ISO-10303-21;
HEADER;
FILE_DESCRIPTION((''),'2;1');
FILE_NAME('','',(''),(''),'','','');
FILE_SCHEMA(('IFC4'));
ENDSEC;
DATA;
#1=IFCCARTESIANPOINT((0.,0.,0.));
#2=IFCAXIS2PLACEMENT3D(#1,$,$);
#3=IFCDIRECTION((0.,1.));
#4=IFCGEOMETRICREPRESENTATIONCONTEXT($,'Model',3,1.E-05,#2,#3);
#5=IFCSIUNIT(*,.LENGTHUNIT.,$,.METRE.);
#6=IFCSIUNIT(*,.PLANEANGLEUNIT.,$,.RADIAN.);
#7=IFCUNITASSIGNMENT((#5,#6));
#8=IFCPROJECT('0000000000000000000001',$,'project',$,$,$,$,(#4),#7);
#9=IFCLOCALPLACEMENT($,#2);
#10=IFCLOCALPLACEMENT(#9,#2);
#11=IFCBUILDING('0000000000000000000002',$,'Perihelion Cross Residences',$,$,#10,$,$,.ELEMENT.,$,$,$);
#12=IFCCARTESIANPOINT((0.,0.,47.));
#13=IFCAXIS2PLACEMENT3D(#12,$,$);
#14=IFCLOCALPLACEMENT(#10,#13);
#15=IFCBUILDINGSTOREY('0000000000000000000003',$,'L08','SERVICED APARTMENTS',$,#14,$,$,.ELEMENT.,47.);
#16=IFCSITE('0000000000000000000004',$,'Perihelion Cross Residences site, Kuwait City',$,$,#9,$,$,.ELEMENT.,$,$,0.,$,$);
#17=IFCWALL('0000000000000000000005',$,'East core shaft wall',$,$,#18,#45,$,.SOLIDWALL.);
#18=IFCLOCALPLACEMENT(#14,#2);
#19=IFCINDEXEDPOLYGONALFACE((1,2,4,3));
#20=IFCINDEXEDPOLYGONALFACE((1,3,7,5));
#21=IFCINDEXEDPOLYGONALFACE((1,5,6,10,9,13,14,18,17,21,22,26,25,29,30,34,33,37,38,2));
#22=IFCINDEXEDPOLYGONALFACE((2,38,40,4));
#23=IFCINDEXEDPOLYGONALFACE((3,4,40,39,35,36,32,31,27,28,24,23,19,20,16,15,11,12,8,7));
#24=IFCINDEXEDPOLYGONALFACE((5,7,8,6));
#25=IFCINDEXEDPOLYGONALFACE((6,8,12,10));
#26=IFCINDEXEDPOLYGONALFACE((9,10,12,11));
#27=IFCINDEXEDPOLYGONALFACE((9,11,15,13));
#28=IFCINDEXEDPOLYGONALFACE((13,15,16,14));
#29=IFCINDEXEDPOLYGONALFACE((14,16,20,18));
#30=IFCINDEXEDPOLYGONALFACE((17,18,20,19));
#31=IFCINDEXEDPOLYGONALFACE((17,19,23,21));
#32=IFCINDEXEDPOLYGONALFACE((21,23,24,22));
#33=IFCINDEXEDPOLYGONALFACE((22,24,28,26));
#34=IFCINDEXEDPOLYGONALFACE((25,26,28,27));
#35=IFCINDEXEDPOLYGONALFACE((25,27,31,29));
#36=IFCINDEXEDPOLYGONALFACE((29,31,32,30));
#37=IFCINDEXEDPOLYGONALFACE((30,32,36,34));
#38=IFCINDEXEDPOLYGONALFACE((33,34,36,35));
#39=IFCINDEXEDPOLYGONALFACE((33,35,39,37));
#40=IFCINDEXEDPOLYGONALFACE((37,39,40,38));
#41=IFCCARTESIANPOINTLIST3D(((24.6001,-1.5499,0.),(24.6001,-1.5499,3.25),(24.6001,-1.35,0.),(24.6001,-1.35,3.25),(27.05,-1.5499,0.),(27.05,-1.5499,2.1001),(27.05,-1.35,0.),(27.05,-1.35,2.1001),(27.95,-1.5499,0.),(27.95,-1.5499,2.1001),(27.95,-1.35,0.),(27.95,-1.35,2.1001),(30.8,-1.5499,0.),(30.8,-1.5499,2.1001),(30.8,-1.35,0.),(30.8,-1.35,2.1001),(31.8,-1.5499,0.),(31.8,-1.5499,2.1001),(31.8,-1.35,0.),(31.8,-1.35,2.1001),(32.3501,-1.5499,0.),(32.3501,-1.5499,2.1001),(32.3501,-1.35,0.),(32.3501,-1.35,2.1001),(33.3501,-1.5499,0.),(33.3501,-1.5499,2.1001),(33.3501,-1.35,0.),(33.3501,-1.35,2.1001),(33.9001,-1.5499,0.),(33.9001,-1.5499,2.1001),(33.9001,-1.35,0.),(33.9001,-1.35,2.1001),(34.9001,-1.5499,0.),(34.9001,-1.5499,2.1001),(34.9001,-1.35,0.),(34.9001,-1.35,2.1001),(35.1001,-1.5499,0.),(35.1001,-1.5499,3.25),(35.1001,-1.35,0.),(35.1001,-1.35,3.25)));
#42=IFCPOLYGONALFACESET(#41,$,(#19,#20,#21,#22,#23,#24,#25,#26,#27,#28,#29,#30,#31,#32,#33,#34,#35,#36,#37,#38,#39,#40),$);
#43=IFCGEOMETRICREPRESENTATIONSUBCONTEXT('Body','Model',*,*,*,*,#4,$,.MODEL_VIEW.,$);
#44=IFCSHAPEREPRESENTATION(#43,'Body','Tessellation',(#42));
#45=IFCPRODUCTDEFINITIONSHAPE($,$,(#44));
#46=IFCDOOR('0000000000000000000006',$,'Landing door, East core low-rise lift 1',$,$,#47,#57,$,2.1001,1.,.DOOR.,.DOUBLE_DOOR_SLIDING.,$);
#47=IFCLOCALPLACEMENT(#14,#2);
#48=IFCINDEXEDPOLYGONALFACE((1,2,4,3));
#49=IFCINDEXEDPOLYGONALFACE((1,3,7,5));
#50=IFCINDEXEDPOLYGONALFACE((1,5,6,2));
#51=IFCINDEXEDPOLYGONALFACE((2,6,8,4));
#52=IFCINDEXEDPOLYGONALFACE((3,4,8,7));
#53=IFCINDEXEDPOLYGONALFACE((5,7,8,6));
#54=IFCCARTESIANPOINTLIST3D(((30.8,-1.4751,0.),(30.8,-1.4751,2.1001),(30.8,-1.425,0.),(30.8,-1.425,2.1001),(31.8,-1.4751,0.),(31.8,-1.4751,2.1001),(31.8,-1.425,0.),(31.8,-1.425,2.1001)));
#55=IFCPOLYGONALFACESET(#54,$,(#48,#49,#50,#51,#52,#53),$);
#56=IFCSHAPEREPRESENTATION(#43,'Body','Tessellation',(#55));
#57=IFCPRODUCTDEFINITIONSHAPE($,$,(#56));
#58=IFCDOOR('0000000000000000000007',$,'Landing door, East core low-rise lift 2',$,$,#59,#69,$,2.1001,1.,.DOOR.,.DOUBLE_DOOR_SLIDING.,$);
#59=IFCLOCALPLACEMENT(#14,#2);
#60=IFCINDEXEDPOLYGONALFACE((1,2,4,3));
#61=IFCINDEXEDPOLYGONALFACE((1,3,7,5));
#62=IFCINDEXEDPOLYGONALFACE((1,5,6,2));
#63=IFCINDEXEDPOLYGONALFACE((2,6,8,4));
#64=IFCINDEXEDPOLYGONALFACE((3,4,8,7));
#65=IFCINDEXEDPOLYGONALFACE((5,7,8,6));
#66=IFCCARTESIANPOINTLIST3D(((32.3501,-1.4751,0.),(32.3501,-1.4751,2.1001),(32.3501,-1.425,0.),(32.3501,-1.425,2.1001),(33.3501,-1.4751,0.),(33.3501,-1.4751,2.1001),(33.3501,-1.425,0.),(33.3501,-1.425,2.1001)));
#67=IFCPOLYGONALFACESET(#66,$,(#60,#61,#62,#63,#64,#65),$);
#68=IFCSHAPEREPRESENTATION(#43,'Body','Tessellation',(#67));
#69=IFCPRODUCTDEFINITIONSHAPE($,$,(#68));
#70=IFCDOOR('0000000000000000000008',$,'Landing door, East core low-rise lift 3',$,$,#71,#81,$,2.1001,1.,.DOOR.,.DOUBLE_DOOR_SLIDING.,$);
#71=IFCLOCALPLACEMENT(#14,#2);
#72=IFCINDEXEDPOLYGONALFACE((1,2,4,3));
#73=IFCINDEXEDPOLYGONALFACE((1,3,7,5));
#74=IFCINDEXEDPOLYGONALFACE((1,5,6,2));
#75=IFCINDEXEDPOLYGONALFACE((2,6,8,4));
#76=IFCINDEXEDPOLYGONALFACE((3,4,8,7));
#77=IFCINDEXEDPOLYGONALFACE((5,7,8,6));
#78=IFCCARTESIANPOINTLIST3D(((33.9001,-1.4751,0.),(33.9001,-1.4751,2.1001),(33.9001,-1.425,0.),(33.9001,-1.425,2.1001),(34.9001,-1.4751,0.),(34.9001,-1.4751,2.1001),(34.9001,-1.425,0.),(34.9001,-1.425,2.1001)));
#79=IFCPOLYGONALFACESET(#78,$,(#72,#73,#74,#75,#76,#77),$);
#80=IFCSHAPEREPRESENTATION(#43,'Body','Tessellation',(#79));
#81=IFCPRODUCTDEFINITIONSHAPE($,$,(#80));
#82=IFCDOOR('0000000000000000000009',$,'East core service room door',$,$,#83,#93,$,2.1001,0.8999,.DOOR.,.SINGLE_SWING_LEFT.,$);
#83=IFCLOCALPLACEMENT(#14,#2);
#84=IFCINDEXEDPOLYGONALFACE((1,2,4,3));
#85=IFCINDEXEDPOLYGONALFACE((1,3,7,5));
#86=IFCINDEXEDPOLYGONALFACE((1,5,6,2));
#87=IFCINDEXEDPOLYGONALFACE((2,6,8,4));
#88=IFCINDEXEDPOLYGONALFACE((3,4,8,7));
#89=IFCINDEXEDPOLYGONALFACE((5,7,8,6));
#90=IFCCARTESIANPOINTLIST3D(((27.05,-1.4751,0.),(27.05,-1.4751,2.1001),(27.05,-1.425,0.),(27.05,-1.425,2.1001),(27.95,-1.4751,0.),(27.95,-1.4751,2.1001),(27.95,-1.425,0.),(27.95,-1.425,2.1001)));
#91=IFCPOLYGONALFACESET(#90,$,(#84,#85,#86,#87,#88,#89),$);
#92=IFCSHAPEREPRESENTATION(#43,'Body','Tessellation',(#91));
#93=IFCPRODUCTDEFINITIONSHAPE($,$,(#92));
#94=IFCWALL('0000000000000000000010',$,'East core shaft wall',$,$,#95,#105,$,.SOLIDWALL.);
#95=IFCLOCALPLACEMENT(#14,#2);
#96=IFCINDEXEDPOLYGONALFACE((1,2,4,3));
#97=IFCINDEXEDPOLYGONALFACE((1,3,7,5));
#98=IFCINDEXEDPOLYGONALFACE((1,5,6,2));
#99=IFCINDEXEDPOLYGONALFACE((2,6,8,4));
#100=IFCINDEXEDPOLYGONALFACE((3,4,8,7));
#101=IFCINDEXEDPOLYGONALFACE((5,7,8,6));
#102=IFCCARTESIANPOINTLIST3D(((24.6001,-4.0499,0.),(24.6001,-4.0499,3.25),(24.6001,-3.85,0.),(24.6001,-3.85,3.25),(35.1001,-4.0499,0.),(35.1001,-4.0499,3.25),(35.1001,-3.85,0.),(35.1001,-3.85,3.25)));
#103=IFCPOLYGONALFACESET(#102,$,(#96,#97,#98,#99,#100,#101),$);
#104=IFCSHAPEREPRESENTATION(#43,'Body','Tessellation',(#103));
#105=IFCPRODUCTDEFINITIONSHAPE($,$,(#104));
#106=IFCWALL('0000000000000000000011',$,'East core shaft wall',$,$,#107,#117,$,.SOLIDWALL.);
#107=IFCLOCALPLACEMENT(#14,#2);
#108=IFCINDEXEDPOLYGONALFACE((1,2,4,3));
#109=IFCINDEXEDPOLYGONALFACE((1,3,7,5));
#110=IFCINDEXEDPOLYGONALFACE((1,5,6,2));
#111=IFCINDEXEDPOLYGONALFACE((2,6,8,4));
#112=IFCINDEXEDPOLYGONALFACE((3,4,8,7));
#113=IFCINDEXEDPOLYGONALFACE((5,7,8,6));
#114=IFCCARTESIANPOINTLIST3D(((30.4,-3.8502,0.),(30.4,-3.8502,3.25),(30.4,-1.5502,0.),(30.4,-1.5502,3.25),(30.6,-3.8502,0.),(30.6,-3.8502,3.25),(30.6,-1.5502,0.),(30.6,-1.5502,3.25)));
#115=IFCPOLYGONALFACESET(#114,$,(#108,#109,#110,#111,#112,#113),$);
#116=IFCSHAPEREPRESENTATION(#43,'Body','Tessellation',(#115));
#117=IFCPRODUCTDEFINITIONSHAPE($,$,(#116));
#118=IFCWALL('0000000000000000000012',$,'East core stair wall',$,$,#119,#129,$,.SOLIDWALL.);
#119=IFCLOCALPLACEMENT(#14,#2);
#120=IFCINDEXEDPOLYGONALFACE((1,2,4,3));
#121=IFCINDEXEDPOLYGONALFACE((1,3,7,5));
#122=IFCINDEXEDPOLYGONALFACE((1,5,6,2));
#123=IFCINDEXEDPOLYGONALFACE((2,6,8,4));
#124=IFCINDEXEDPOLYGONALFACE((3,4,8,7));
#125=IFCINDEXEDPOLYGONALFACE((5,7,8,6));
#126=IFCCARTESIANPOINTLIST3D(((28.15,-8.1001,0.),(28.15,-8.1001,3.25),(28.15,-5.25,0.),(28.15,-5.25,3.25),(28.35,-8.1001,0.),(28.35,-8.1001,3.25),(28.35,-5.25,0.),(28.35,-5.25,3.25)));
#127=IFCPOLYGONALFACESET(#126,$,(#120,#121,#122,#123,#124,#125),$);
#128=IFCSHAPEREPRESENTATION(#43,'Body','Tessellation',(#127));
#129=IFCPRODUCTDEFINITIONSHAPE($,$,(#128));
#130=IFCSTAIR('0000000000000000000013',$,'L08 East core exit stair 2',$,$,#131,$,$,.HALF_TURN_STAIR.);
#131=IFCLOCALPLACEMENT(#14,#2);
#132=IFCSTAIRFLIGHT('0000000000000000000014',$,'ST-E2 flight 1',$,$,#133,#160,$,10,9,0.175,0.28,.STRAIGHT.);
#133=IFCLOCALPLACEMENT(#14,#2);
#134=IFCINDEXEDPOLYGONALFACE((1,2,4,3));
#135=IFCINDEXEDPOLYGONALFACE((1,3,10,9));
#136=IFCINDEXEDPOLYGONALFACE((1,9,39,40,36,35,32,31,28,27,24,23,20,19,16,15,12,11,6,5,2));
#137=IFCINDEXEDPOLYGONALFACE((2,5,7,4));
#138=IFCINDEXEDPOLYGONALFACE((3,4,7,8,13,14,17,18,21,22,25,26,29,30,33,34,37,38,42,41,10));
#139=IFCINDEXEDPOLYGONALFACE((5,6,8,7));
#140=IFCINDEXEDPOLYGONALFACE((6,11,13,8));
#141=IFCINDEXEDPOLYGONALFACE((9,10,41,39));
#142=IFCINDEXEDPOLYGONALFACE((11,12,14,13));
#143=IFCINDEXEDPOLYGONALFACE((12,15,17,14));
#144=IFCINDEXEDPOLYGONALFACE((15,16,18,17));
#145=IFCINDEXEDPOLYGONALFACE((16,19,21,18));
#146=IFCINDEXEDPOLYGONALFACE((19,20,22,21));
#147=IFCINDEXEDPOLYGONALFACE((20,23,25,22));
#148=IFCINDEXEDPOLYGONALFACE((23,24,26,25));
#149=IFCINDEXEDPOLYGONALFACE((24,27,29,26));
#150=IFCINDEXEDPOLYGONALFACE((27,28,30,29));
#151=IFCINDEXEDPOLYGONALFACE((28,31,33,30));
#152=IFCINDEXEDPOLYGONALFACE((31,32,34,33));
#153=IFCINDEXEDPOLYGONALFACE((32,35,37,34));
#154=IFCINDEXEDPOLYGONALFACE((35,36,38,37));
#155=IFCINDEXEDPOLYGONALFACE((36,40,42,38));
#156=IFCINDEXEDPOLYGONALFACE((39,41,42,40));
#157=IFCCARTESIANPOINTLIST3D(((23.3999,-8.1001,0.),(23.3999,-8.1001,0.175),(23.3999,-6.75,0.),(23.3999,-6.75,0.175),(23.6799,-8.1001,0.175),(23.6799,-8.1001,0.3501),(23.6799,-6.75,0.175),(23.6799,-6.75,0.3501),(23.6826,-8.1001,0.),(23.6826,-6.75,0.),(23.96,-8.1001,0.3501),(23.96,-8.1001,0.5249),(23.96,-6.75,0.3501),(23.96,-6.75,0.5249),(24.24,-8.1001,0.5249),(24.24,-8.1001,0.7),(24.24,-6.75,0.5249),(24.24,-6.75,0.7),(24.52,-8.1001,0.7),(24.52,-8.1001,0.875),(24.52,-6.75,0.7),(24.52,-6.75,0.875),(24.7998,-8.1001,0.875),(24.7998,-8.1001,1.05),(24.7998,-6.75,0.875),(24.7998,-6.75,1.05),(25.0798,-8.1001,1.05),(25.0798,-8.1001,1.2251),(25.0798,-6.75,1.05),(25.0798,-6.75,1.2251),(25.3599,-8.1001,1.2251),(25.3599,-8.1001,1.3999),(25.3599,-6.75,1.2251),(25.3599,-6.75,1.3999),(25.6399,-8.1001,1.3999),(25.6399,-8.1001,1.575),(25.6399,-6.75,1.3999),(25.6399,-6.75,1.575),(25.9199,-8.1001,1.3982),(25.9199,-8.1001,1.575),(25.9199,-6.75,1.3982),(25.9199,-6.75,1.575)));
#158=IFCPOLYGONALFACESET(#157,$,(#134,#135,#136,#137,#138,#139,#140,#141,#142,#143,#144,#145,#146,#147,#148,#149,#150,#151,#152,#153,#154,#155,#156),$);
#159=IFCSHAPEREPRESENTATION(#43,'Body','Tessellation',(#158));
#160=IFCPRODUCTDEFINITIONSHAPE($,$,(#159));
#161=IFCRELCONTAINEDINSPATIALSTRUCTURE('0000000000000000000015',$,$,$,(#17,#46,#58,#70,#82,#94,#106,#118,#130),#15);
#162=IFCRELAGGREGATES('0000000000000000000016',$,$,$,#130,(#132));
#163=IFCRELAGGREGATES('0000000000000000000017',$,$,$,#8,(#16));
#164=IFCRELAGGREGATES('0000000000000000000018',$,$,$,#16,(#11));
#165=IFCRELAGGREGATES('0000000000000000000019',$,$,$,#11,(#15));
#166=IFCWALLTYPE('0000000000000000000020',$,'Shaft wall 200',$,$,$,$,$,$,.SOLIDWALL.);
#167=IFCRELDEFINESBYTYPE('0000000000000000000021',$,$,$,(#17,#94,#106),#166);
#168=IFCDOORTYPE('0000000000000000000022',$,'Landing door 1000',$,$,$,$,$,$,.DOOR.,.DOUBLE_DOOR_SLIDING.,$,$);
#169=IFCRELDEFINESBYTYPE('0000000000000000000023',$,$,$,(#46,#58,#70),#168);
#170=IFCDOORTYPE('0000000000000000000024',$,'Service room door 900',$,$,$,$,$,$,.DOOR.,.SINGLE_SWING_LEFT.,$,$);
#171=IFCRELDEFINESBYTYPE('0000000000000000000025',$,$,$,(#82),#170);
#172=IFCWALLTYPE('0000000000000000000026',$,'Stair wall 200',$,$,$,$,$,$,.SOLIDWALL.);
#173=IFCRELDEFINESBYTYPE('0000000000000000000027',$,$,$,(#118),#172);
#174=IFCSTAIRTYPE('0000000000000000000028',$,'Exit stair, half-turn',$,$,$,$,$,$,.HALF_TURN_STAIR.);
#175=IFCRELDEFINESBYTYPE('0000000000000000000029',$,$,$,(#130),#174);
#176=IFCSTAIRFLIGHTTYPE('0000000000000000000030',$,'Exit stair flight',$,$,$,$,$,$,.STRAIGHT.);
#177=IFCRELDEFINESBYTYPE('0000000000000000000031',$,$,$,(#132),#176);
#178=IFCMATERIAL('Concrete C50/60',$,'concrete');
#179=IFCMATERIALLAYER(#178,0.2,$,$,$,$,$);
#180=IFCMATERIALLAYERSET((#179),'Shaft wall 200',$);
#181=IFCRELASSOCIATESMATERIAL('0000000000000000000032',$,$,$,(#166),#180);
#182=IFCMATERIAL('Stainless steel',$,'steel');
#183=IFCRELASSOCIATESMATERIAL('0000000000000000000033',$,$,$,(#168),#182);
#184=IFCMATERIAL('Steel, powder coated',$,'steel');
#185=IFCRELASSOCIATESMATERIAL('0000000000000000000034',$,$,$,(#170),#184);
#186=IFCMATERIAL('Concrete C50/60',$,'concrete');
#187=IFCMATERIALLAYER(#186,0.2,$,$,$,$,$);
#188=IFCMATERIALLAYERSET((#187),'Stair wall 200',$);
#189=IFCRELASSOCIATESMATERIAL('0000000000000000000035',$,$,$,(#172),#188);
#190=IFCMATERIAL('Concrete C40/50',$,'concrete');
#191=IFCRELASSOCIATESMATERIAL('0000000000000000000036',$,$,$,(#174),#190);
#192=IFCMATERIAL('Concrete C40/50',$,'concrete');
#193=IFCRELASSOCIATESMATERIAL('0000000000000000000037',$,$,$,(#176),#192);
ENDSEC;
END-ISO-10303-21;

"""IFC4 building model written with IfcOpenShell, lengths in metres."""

from ifc_helpers import new_model, si_unit, direction, frame, frame_2d, origin, place, context, subcontext, project, spatial, polyline, rectangle, outline, extrude, material, layer, layer_set, type_object, element, fill, aggregate, save


model = new_model("IFC4")

# Units and contexts
model_context = context("Model", 3, precision=1e-05, world=origin(), true_north=direction((0.0, 1.0)))
body_context = subcontext(model_context, "Body", "Model", "MODEL_VIEW")
ifc_project = project(units=[si_unit("LENGTHUNIT", "METRE"), si_unit("PLANEANGLEUNIT", "RADIAN")], contexts=[model_context])

# Site, building, storey
site_placement = place(None, origin())
site = spatial("IfcSite", under=ifc_project, at=site_placement, Name="Perihelion Cross Residences site, Kuwait City", CompositionType="ELEMENT", RefElevation=0.0)
building_placement = place(site_placement, origin())
building = spatial("IfcBuilding", under=site, at=building_placement, Name="Perihelion Cross Residences", CompositionType="ELEMENT")
storey_placement = place(building_placement, frame((0.0, 0.0, 47.0)))
storey = spatial("IfcBuildingStorey", under=building, at=storey_placement, Name="L08", Description="SERVICED APARTMENTS", CompositionType="ELEMENT", Elevation=47.0)

# Wall, openings, doors
ifc_material_1 = material(Name="Concrete C50/60", Category="concrete")
ifc_layer_1 = layer(ifc_material_1, 0.2)
ifc_layer_set_1 = layer_set([ifc_layer_1], Name="Shaft wall 200")
wall_type_1 = type_object("IfcWallType", Name="Shaft wall 200", PredefinedType="SOLIDWALL", material=ifc_layer_set_1)
wall_1_placement = place(storey_placement, frame((24.6001, -1.45, 0.0), z_axis=(0.0, 0.0, 1.0), x_axis=(1.0, 0.0, 0.0)))
wall_1 = element("IfcWall", 1, at=wall_1_placement, inside=storey, type_object=wall_type_1, Name="East core shaft wall", PredefinedType="SOLIDWALL", context=body_context, shape_type="SweptSolid", body=[
    extrude(rectangle(XDim=10.5, YDim=0.2, at=frame_2d((5.25, 0.0))), origin(), (0.0, 0.0, 1.0), 3.25),
])
opening_1_placement = place(wall_1_placement, frame((6.2, 0.0, 0.0)))
opening_1 = element("IfcOpeningElement", 2, at=opening_1_placement, cuts=wall_1, PredefinedType="OPENING", context=body_context, shape_type="SweptSolid", body=[
    extrude(rectangle(XDim=1.0, YDim=2.1001, at=frame_2d((0.5, 1.05))), frame((0.0, 0.1099, 0.0), z_axis=(0.0, -1.0, 0.0), x_axis=(1.0, 0.0, 0.0)), (0.0, 0.0, 1.0), 0.22),
])
opening_2_placement = place(wall_1_placement, frame((7.75, 0.0, 0.0)))
opening_2 = element("IfcOpeningElement", 3, at=opening_2_placement, cuts=wall_1, PredefinedType="OPENING", context=body_context, shape_type="SweptSolid", body=[
    extrude(rectangle(XDim=1.0, YDim=2.1001, at=frame_2d((0.5, 1.05))), frame((0.0, 0.1099, 0.0), z_axis=(0.0, -1.0, 0.0), x_axis=(1.0, 0.0, 0.0)), (0.0, 0.0, 1.0), 0.22),
])
opening_3_placement = place(wall_1_placement, frame((9.3, 0.0, 0.0)))
opening_3 = element("IfcOpeningElement", 4, at=opening_3_placement, cuts=wall_1, PredefinedType="OPENING", context=body_context, shape_type="SweptSolid", body=[
    extrude(rectangle(XDim=1.0, YDim=2.1001, at=frame_2d((0.5, 1.05))), frame((0.0, 0.1099, 0.0), z_axis=(0.0, -1.0, 0.0), x_axis=(1.0, 0.0, 0.0)), (0.0, 0.0, 1.0), 0.22),
])
opening_4_placement = place(wall_1_placement, frame((2.45, 0.0, 0.0)))
opening_4 = element("IfcOpeningElement", 5, at=opening_4_placement, cuts=wall_1, PredefinedType="OPENING", context=body_context, shape_type="SweptSolid", body=[
    extrude(rectangle(XDim=0.8999, YDim=2.1001, at=frame_2d((0.45, 1.05))), frame((0.0, 0.1099, 0.0), z_axis=(0.0, -1.0, 0.0), x_axis=(1.0, 0.0, 0.0)), (0.0, 0.0, 1.0), 0.22),
])
ifc_material_2 = material(Name="Stainless steel", Category="steel")
door_type_1 = type_object("IfcDoorType", Name="Landing door 1000", OperationType="DOUBLE_DOOR_SLIDING", PredefinedType="DOOR", material=ifc_material_2)
door_1_placement = place(opening_1_placement, origin())
door_1 = element("IfcDoor", 6, at=door_1_placement, inside=storey, type_object=door_type_1, Name="Landing door, East core low-rise lift 1", OperationType="DOUBLE_DOOR_SLIDING", OverallHeight=2.1001, OverallWidth=1.0, PredefinedType="DOOR", context=body_context, shape_type="SweptSolid", body=[
    extrude(rectangle(XDim=1.0, YDim=2.1001, at=frame_2d((0.5, 1.05))), frame((0.0, 0.0249, 0.0), z_axis=(0.0, -1.0, 0.0), x_axis=(1.0, 0.0, 0.0)), (0.0, 0.0, 1.0), 0.05),
])
fill(opening_1, door_1)
door_2_placement = place(opening_2_placement, origin())
door_2 = element("IfcDoor", 7, at=door_2_placement, inside=storey, type_object=door_type_1, Name="Landing door, East core low-rise lift 2", OperationType="DOUBLE_DOOR_SLIDING", OverallHeight=2.1001, OverallWidth=1.0, PredefinedType="DOOR", context=body_context, shape_type="SweptSolid", body=[
    extrude(rectangle(XDim=1.0, YDim=2.1001, at=frame_2d((0.5, 1.05))), frame((0.0, 0.0249, 0.0), z_axis=(0.0, -1.0, 0.0), x_axis=(1.0, 0.0, 0.0)), (0.0, 0.0, 1.0), 0.05),
])
fill(opening_2, door_2)
door_3_placement = place(opening_3_placement, origin())
door_3 = element("IfcDoor", 8, at=door_3_placement, inside=storey, type_object=door_type_1, Name="Landing door, East core low-rise lift 3", OperationType="DOUBLE_DOOR_SLIDING", OverallHeight=2.1001, OverallWidth=1.0, PredefinedType="DOOR", context=body_context, shape_type="SweptSolid", body=[
    extrude(rectangle(XDim=1.0, YDim=2.1001, at=frame_2d((0.5, 1.05))), frame((0.0, 0.0249, 0.0), z_axis=(0.0, -1.0, 0.0), x_axis=(1.0, 0.0, 0.0)), (0.0, 0.0, 1.0), 0.05),
])
fill(opening_3, door_3)
ifc_material_3 = material(Name="Steel, powder coated", Category="steel")
door_type_2 = type_object("IfcDoorType", Name="Service room door 900", OperationType="SINGLE_SWING_LEFT", PredefinedType="DOOR", material=ifc_material_3)
door_4_placement = place(opening_4_placement, origin())
door_4 = element("IfcDoor", 9, at=door_4_placement, inside=storey, type_object=door_type_2, Name="East core service room door", OperationType="SINGLE_SWING_LEFT", OverallHeight=2.1001, OverallWidth=0.8999, PredefinedType="DOOR", context=body_context, shape_type="SweptSolid", body=[
    extrude(rectangle(XDim=0.8999, YDim=2.1001, at=frame_2d((0.45, 1.05))), frame((0.0, 0.0249, 0.0), z_axis=(0.0, -1.0, 0.0), x_axis=(1.0, 0.0, 0.0)), (0.0, 0.0, 1.0), 0.05),
])
fill(opening_4, door_4)

# Walls
wall_2_placement = place(storey_placement, frame((24.6001, -3.95, 0.0), z_axis=(0.0, 0.0, 1.0), x_axis=(1.0, 0.0, 0.0)))
element("IfcWall", 10, at=wall_2_placement, inside=storey, type_object=wall_type_1, Name="East core shaft wall", PredefinedType="SOLIDWALL", context=body_context, shape_type="SweptSolid", body=[
    extrude(rectangle(XDim=10.5, YDim=0.2, at=frame_2d((5.25, 0.0))), origin(), (0.0, 0.0, 1.0), 3.25),
])
wall_3_placement = place(storey_placement, frame((30.5, -3.8501, 0.0), z_axis=(0.0, 0.0, 1.0), x_axis=(0.0, 1.0, 0.0)))
element("IfcWall", 11, at=wall_3_placement, inside=storey, type_object=wall_type_1, Name="East core shaft wall", PredefinedType="SOLIDWALL", context=body_context, shape_type="SweptSolid", body=[
    extrude(rectangle(XDim=2.3, YDim=0.2, at=frame_2d((1.1499, 0.0))), origin(), (0.0, 0.0, 1.0), 3.25),
])
ifc_material_4 = material(Name="Concrete C50/60", Category="concrete")
ifc_layer_2 = layer(ifc_material_4, 0.2)
ifc_layer_set_2 = layer_set([ifc_layer_2], Name="Stair wall 200")
wall_type_2 = type_object("IfcWallType", Name="Stair wall 200", PredefinedType="SOLIDWALL", material=ifc_layer_set_2)
wall_4_placement = place(storey_placement, frame((28.25, -8.1001, 0.0), z_axis=(0.0, 0.0, 1.0), x_axis=(0.0, 1.0, 0.0)))
element("IfcWall", 12, at=wall_4_placement, inside=storey, type_object=wall_type_2, Name="East core stair wall", PredefinedType="SOLIDWALL", context=body_context, shape_type="SweptSolid", body=[
    extrude(rectangle(XDim=2.8501, YDim=0.2, at=frame_2d((1.425, 0.0))), origin(), (0.0, 0.0, 1.0), 3.25),
])

# Stair, stair flight
ifc_material_5 = material(Name="Concrete C40/50", Category="concrete")
stair_type = type_object("IfcStairType", Name="Exit stair, half-turn", PredefinedType="HALF_TURN_STAIR", material=ifc_material_5)
stair_placement = place(storey_placement, origin())
stair = element("IfcStair", 13, at=stair_placement, inside=storey, type_object=stair_type, Name="L08 East core exit stair 2", PredefinedType="HALF_TURN_STAIR")
ifc_material_6 = material(Name="Concrete C40/50", Category="concrete")
stair_flight_type = type_object("IfcStairFlightType", Name="Exit stair flight", PredefinedType="STRAIGHT", material=ifc_material_6)
stair_flight_1_placement = place(storey_placement, frame((23.3999, -7.425, 0.0), z_axis=(0.0, 0.0, 1.0), x_axis=(1.0, 0.0, 0.0)))
stair_flight_1 = element("IfcStairFlight", 14, at=stair_flight_1_placement, type_object=stair_flight_type, Name="ST-E2 flight 1", NumberOfRisers=10, NumberOfTreads=9, PredefinedType="STRAIGHT", RiserHeight=0.175, TreadLength=0.28, context=body_context, shape_type="SweptSolid", body=[
    extrude(outline(polyline([(0.0, 0.0), (0.0, 0.175), (0.28, 0.175), (0.28, 0.3501), (0.5601, 0.3501), (0.5601, 0.5249), (0.8401, 0.5249), (0.8401, 0.7), (1.1201, 0.7), (1.1201, 0.875), (1.3999, 0.875), (1.3999, 1.05), (1.6799, 1.05), (1.6799, 1.2251), (1.96, 1.2251), (1.96, 1.3999), (2.24, 1.3999), (2.24, 1.575), (2.52, 1.575), (2.52, 1.75), (2.52, 1.3982), (0.2827, 0.0), (0.0, 0.0)])), frame((0.0, 0.675, 0.0), z_axis=(0.0, -1.0, 0.0), x_axis=(1.0, 0.0, 0.0)), (0.0, 0.0, 1.0), 1.3501),
])
aggregate(stair, [stair_flight_1])

save(model, "model.ifc")
